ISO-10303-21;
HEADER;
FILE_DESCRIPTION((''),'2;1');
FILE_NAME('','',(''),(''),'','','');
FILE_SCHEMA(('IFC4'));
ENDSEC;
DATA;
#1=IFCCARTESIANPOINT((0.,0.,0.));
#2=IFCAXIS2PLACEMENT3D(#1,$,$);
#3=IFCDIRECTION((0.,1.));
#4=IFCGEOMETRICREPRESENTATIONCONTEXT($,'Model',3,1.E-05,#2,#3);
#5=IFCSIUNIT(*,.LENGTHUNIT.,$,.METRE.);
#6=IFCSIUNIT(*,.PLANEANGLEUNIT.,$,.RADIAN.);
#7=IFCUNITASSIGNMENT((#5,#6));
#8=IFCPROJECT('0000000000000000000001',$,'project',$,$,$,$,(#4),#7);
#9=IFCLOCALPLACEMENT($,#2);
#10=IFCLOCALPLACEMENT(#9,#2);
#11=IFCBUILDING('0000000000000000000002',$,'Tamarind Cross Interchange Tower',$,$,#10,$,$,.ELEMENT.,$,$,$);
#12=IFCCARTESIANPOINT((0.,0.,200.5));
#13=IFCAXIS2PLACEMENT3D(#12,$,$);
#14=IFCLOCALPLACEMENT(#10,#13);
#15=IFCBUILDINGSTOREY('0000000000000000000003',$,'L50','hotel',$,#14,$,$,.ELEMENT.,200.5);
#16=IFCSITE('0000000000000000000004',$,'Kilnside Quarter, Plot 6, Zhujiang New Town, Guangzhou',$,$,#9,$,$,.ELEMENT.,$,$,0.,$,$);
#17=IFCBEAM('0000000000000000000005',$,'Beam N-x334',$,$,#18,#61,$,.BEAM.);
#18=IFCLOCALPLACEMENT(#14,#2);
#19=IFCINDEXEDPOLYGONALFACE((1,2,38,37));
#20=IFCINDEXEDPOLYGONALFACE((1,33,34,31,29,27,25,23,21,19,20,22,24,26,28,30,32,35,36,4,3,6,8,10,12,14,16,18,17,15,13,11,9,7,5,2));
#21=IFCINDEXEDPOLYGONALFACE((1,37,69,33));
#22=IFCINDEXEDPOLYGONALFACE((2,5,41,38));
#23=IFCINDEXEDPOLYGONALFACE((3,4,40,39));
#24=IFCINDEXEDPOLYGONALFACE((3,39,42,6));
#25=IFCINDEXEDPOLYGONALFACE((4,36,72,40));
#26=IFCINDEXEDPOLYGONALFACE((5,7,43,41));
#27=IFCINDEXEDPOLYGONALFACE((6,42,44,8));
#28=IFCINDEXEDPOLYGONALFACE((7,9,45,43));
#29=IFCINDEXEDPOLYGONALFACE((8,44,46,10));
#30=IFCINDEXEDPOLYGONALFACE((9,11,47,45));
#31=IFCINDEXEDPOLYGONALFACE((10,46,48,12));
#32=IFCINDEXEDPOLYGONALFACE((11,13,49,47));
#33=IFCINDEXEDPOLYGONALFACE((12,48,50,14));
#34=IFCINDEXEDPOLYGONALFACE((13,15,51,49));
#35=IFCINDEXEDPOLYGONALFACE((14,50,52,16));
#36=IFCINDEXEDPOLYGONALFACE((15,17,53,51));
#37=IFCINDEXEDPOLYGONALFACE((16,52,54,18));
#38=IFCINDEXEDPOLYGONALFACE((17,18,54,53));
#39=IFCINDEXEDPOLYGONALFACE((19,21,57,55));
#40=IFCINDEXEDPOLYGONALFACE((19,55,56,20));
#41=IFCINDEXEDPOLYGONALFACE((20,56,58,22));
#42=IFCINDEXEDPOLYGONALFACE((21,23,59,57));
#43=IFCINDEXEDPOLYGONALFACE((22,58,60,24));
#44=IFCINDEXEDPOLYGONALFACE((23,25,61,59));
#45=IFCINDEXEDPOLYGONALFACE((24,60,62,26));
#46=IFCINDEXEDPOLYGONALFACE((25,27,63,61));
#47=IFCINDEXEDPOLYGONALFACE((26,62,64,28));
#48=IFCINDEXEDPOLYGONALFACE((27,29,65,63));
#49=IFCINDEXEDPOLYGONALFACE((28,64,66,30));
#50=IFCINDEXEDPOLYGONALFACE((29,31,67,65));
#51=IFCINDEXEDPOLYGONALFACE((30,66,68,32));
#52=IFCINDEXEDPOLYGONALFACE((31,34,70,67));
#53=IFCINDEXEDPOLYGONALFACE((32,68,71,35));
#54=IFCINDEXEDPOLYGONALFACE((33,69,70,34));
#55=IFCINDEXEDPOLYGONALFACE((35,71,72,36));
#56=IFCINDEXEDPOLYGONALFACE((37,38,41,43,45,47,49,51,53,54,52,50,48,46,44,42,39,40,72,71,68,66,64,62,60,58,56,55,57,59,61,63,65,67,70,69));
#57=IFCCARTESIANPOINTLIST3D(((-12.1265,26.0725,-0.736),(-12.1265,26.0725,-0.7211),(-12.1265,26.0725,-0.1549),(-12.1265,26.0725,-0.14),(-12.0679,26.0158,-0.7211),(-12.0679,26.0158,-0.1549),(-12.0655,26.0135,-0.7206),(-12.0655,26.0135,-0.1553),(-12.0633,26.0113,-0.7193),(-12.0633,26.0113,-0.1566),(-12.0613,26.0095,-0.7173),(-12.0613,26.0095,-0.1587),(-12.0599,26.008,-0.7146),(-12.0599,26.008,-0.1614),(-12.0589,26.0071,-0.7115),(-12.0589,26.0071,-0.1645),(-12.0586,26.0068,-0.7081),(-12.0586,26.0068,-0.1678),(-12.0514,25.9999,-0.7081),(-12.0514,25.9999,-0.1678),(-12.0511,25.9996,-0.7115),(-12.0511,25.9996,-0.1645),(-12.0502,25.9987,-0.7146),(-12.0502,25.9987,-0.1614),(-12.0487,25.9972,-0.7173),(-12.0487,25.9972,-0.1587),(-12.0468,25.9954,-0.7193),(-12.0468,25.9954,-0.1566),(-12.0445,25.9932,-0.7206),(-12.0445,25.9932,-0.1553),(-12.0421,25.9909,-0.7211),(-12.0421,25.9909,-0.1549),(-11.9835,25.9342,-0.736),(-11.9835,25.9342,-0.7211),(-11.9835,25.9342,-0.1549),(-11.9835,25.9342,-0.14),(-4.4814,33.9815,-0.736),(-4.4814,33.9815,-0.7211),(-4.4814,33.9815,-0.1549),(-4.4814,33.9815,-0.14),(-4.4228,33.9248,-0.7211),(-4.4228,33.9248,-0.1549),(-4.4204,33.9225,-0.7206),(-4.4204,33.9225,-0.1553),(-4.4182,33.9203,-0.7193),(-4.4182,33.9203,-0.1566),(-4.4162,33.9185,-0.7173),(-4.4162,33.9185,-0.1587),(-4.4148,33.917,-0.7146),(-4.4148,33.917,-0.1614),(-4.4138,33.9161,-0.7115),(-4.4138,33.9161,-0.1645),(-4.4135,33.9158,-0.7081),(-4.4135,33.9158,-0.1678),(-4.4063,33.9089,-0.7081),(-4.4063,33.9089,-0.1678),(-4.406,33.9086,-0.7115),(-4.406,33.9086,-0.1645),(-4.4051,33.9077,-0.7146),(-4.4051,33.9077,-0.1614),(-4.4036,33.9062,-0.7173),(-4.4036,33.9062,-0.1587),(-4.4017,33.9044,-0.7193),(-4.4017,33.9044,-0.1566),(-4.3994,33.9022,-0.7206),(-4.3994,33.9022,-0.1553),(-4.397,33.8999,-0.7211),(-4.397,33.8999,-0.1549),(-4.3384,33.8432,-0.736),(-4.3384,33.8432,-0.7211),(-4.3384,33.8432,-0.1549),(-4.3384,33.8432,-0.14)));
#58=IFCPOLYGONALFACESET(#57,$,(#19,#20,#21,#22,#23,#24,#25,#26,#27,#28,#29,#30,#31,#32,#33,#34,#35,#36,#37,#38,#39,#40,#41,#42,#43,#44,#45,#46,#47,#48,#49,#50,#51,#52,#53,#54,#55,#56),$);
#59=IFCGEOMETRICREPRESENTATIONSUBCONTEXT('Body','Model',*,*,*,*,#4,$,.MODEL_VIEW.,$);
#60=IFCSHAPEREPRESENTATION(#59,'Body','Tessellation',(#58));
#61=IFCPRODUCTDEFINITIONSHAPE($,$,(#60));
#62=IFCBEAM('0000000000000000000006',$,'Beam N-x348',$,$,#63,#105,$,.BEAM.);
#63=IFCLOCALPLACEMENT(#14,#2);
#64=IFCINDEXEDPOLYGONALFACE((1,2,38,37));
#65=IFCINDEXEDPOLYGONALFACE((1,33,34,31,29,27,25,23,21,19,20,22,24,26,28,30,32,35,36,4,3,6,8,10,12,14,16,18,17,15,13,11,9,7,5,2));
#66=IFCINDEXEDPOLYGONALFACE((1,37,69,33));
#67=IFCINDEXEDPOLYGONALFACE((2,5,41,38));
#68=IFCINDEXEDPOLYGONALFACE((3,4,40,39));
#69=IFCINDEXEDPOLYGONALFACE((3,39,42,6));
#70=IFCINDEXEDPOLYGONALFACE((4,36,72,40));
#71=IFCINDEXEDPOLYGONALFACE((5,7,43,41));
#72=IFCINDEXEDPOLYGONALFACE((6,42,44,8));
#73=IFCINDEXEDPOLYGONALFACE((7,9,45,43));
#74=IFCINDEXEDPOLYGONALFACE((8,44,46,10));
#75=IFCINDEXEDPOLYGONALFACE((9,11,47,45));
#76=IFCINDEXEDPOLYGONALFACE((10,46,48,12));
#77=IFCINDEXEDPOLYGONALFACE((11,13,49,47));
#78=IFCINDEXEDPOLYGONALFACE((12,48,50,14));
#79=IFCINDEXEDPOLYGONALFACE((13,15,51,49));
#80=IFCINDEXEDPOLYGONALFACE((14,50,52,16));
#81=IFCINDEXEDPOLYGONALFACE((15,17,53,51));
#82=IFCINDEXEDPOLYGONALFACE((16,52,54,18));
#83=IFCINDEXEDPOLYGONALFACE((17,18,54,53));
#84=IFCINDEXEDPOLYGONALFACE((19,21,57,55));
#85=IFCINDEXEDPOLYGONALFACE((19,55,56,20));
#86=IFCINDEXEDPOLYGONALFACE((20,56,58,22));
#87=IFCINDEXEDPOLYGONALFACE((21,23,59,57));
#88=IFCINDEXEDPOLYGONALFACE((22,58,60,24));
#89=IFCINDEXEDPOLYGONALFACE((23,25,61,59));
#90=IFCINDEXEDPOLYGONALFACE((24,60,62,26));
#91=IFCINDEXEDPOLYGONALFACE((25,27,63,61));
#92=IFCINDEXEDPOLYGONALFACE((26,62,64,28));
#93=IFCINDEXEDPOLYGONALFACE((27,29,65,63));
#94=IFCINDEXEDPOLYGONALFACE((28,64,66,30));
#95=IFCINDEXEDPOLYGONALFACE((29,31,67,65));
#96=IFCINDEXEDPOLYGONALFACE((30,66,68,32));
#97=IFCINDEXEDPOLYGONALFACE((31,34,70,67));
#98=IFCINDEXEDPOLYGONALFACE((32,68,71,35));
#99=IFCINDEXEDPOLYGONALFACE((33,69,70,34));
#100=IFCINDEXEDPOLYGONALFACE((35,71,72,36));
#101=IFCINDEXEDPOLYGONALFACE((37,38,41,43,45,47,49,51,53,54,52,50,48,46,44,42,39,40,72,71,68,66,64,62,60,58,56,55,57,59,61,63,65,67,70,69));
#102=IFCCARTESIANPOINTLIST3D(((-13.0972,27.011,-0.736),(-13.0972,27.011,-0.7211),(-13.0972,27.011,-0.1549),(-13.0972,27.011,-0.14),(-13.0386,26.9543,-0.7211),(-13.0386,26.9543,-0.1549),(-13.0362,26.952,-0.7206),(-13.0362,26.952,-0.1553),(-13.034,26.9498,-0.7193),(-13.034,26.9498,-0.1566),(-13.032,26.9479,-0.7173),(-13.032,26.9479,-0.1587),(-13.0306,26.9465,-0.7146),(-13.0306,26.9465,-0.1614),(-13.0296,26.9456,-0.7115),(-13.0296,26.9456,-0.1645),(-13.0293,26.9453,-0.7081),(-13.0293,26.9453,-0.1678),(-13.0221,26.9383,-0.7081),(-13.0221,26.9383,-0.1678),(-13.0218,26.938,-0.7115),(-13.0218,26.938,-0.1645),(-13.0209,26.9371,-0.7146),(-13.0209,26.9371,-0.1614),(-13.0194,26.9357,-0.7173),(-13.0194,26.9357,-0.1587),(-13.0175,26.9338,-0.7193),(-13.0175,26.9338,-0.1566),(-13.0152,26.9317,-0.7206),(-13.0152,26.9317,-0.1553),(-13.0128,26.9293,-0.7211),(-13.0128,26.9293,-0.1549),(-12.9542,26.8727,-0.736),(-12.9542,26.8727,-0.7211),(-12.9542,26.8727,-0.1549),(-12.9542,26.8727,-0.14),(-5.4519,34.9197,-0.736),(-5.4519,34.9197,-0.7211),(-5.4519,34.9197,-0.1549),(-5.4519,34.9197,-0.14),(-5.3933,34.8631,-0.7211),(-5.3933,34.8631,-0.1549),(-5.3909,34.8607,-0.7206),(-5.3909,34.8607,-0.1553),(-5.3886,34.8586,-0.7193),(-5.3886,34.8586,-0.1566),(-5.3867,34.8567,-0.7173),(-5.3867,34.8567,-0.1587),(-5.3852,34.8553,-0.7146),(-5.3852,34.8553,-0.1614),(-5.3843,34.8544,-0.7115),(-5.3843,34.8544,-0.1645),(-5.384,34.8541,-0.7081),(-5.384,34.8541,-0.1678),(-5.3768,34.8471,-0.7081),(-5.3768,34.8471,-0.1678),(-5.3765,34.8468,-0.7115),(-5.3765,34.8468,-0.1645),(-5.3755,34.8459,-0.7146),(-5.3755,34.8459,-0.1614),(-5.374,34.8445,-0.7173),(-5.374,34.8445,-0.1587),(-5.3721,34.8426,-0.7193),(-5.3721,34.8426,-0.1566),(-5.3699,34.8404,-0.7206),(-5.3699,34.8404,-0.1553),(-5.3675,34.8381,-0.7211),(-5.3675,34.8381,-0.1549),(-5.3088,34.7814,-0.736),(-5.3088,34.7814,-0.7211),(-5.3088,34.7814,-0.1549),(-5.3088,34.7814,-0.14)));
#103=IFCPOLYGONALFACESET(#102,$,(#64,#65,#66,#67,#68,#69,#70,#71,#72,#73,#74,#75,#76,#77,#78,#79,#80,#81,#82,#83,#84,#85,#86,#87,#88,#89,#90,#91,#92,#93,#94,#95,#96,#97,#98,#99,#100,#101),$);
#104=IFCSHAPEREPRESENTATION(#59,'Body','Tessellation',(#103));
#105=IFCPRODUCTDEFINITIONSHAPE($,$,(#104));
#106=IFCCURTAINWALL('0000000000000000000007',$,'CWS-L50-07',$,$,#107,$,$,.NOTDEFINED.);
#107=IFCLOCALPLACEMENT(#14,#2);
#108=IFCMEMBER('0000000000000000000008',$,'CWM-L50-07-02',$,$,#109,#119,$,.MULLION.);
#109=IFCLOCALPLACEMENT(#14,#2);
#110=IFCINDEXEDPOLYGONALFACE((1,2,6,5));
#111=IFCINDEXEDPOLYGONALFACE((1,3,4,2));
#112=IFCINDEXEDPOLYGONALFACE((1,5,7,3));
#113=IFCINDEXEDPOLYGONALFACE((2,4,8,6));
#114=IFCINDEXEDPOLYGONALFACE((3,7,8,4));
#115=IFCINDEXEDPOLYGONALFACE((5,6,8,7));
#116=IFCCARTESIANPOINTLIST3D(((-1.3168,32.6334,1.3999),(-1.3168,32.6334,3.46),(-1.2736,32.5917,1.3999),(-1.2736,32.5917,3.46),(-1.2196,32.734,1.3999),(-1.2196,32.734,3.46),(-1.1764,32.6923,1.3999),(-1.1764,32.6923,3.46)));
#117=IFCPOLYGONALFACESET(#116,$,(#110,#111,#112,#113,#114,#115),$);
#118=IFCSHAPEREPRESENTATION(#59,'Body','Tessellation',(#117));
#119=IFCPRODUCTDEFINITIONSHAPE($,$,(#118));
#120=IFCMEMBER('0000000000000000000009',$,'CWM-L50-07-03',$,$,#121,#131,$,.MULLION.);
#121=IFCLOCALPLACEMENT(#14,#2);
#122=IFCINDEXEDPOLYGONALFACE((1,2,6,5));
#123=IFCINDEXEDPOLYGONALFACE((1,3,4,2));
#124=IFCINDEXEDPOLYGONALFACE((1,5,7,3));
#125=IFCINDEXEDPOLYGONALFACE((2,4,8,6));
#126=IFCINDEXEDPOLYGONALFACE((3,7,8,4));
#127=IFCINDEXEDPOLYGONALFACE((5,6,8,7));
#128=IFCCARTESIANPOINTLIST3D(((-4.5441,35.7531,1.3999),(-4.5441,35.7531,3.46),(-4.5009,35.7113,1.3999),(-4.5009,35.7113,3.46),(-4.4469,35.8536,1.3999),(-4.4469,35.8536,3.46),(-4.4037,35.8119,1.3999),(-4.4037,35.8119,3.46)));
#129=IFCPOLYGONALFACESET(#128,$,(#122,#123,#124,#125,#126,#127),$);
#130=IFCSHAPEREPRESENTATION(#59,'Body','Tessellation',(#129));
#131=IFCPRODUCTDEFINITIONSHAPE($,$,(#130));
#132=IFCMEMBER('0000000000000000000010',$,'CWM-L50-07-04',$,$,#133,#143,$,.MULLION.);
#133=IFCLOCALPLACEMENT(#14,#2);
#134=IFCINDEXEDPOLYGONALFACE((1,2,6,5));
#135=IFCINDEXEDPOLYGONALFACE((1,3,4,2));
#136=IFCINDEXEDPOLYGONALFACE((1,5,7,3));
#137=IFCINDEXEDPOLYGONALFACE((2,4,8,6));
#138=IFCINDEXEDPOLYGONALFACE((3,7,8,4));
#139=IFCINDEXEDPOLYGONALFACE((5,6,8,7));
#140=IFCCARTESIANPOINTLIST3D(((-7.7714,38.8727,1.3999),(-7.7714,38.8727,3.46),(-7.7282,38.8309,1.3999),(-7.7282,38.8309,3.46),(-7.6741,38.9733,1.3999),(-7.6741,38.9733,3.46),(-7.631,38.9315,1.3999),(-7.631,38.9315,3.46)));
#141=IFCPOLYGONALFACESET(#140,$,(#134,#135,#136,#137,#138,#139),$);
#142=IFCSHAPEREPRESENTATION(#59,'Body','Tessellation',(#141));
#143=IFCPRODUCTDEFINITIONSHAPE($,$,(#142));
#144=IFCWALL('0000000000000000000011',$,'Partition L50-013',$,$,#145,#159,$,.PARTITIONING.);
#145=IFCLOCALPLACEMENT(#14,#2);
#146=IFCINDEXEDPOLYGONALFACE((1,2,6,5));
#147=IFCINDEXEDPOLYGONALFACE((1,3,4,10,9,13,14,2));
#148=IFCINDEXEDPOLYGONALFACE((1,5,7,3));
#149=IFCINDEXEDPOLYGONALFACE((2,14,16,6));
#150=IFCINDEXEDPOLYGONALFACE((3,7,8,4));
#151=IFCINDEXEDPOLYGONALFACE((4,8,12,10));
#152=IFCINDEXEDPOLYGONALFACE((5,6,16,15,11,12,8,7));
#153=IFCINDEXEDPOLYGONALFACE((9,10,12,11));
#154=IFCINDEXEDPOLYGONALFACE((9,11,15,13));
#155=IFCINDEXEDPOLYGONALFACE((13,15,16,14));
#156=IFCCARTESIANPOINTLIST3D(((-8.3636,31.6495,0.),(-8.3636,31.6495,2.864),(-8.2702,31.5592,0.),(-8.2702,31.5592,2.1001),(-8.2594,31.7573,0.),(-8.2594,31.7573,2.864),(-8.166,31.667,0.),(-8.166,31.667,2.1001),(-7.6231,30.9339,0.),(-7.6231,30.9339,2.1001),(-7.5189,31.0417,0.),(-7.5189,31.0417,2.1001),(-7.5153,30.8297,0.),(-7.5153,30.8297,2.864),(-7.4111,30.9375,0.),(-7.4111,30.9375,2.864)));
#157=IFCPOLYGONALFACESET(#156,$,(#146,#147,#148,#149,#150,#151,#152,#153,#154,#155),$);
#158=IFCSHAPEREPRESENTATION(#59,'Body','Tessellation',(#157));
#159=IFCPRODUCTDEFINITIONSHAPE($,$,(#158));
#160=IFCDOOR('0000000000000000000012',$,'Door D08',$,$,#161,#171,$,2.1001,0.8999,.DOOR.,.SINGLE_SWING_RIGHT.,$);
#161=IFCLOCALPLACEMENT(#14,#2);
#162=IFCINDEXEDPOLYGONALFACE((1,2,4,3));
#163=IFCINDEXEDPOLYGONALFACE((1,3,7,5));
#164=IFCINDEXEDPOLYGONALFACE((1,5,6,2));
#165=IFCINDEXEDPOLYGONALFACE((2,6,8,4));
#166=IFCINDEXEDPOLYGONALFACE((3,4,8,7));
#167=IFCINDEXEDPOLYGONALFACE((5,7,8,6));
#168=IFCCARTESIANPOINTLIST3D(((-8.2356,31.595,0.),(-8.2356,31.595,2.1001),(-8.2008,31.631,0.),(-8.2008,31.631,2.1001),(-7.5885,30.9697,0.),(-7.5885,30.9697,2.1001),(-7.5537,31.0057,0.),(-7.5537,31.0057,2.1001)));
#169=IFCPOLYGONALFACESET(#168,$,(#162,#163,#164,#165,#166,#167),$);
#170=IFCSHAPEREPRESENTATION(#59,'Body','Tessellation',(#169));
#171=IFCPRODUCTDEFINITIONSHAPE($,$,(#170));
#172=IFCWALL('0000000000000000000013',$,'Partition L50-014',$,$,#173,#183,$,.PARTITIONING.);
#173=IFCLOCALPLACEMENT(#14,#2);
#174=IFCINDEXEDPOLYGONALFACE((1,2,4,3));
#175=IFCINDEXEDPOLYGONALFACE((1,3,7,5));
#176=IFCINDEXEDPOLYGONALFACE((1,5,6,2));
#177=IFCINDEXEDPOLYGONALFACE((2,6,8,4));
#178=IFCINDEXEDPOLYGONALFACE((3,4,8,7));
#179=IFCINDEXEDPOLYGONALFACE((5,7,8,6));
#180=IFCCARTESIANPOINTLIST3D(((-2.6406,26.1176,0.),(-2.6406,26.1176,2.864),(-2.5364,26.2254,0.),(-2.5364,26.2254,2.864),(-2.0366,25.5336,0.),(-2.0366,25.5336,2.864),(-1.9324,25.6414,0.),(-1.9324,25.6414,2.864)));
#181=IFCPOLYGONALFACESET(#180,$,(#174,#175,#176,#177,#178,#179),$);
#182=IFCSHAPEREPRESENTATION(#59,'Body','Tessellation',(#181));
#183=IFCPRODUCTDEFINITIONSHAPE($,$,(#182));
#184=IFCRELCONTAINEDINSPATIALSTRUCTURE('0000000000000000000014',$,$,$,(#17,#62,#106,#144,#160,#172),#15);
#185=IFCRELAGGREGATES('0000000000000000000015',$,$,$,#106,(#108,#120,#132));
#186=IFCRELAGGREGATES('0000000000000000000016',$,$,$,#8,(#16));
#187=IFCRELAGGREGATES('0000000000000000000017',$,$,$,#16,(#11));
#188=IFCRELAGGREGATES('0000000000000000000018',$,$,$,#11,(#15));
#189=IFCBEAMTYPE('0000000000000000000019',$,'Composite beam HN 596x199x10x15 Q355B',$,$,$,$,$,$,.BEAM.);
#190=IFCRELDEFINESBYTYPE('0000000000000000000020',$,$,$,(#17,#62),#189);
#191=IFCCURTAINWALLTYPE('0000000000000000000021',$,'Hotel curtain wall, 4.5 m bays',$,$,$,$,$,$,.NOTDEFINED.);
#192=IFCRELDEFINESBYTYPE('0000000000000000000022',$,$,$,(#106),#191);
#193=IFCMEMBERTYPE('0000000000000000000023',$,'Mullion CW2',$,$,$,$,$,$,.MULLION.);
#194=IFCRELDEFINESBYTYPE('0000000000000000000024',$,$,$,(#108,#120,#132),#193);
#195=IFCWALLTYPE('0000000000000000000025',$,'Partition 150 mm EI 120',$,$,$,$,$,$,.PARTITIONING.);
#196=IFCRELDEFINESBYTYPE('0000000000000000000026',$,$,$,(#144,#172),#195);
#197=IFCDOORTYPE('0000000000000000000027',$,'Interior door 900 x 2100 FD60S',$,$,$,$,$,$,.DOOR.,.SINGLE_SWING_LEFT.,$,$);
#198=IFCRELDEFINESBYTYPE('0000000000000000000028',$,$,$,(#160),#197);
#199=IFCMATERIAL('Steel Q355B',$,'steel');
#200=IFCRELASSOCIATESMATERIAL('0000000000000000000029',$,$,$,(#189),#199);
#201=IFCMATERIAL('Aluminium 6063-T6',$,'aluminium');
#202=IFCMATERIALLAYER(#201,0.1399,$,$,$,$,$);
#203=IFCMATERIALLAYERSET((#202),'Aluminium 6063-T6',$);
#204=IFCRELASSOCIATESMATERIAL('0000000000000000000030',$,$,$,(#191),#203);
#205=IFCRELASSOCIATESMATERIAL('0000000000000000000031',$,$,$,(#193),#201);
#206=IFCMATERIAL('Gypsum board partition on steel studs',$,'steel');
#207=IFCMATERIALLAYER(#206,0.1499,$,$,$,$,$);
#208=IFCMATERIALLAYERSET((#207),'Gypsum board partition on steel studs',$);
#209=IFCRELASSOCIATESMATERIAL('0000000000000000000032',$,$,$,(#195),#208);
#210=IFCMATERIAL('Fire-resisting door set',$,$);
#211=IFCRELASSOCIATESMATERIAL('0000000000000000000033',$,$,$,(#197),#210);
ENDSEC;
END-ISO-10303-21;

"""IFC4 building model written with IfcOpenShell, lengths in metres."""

from ifc_helpers import new_model, si_unit, direction, frame, frame_2d, origin, origin_2d, place, context, subcontext, project, spatial, rectangle, i_section, extrude, material, layer, layer_set, material_profile, profile_set, type_object, element, fill, aggregate, save


model = new_model("IFC4")

# Units and contexts
model_context = context("Model", 3, precision=1e-05, world=origin(), true_north=direction((0.0, 1.0)))
body_context = subcontext(model_context, "Body", "Model", "MODEL_VIEW")
ifc_project = project(units=[si_unit("LENGTHUNIT", "METRE"), si_unit("PLANEANGLEUNIT", "RADIAN")], contexts=[model_context])

# Site, building, storey
site_placement = place(None, origin())
site = spatial("IfcSite", under=ifc_project, at=site_placement, Name="Kilnside Quarter, Plot 6, Zhujiang New Town, Guangzhou", CompositionType="ELEMENT", RefElevation=0.0)
building_placement = place(site_placement, origin())
building = spatial("IfcBuilding", under=site, at=building_placement, Name="Tamarind Cross Interchange Tower", CompositionType="ELEMENT")
storey_placement = place(building_placement, frame((0.0, 0.0, 200.5)))
storey = spatial("IfcBuildingStorey", under=building, at=storey_placement, Name="L50", Description="hotel", CompositionType="ELEMENT", Elevation=200.5)

# Beams
ifc_material_1 = material(Name="Steel Q355B", Category="steel")
ifc_material_profile_1 = material_profile(ifc_material_1, i_section(OverallWidth=0.199, OverallDepth=0.5959, WebThickness=0.01, FlangeThickness=0.0149, FilletRadius=0.0129, at=origin_2d()), Name="HN 596x199x10x15")
ifc_profile_set_1 = profile_set([ifc_material_profile_1], Name="Steel Q355B")
beam_type_1 = type_object("IfcBeamType", Name="Composite beam HN 596x199x10x15 Q355B", PredefinedType="BEAM", material=ifc_profile_set_1)
for number, where, z_axis, x_axis, name in (
    (1, (-4.4099, 33.9124, -0.438), (-0.695009, -0.719001, 0.0), (0.719001, -0.695009, 0.0), "Beam N-x334"),
    (2, (-5.3804, 34.8506, -0.438), (-0.695031, -0.71898, 0.0), (0.71898, -0.695031, 0.0), "Beam N-x348"),
):
    element("IfcBeam", number, at=place(storey_placement, frame(where, z_axis=z_axis, x_axis=x_axis)), inside=storey, type_object=beam_type_1, Name=name, PredefinedType="BEAM", context=body_context, shape_type="SweptSolid", body=[
        extrude(i_section(OverallWidth=0.199, OverallDepth=0.5959, WebThickness=0.01, FlangeThickness=0.0149, FilletRadius=0.0129, at=origin_2d()), origin(), (0.0, 0.0, 1.0), 11.0),
    ])

# Curtain wall, members
ifc_material_2 = material(Name="Aluminium 6063-T6", Category="aluminium")
ifc_layer_1 = layer(ifc_material_2, 0.1399)
ifc_layer_set_1 = layer_set([ifc_layer_1], Name="Aluminium 6063-T6")
curtain_wall_type = type_object("IfcCurtainWallType", Name="Hotel curtain wall, 4.5 m bays", PredefinedType="NOTDEFINED", material=ifc_layer_set_1)
curtain_wall_placement = place(storey_placement, origin())
curtain_wall = element("IfcCurtainWall", 3, at=curtain_wall_placement, inside=storey, type_object=curtain_wall_type, Name="CWS-L50-07", PredefinedType="NOTDEFINED")
ifc_material_profile_2 = material_profile(ifc_material_2, rectangle(XDim=0.0601, YDim=0.1399, at=origin_2d()), Name="Mullion CW2")
ifc_profile_set_2 = profile_set([ifc_material_profile_2], Name="Aluminium 6063-T6")
member_type = type_object("IfcMemberType", Name="Mullion CW2", PredefinedType="MULLION", material=ifc_profile_set_2)
member_1_placement = place(storey_placement, frame((-1.2466, 32.6628, 1.3999), z_axis=(0.0, 0.0, 1.0), x_axis=(-0.718991, 0.69502, 0.0)))
member_1 = element("IfcMember", 4, at=member_1_placement, type_object=member_type, Name="CWM-L50-07-02", PredefinedType="MULLION", context=body_context, shape_type="SweptSolid", body=[
    extrude(rectangle(XDim=0.0601, YDim=0.1399, at=origin_2d()), origin(), (0.0, 0.0, 1.0), 2.0601),
])
member_2_placement = place(storey_placement, frame((-4.4739, 35.7825, 1.3999), z_axis=(0.0, 0.0, 1.0), x_axis=(-0.718991, 0.69502, 0.0)))
member_2 = element("IfcMember", 5, at=member_2_placement, type_object=member_type, Name="CWM-L50-07-03", PredefinedType="MULLION", context=body_context, shape_type="SweptSolid", body=[
    extrude(rectangle(XDim=0.0601, YDim=0.1399, at=origin_2d()), origin(), (0.0, 0.0, 1.0), 2.0601),
])
member_3_placement = place(storey_placement, frame((-7.7012, 38.9021, 1.3999), z_axis=(0.0, 0.0, 1.0), x_axis=(-0.718991, 0.69502, 0.0)))
member_3 = element("IfcMember", 6, at=member_3_placement, type_object=member_type, Name="CWM-L50-07-04", PredefinedType="MULLION", context=body_context, shape_type="SweptSolid", body=[
    extrude(rectangle(XDim=0.0601, YDim=0.1399, at=origin_2d()), origin(), (0.0, 0.0, 1.0), 2.0601),
])
aggregate(curtain_wall, [member_1, member_2, member_3])

# Wall, opening, door
ifc_material_3 = material(Name="Gypsum board partition on steel studs", Category="steel")
ifc_layer_2 = layer(ifc_material_3, 0.1499)
ifc_layer_set_2 = layer_set([ifc_layer_2], Name="Gypsum board partition on steel studs")
wall_type_1 = type_object("IfcWallType", Name="Partition 150 mm EI 120", PredefinedType="PARTITIONING", material=ifc_layer_set_2)
wall_1_placement = place(storey_placement, frame((-8.3115, 31.7034, 0.0), z_axis=(0.0, 0.0, 1.0), x_axis=(0.719109, -0.694897, 0.0)))
wall_1 = element("IfcWall", 7, at=wall_1_placement, inside=storey, type_object=wall_type_1, Name="Partition L50-013", PredefinedType="PARTITIONING", context=body_context, shape_type="SweptSolid", body=[
    extrude(rectangle(XDim=1.1797, YDim=0.1499, at=frame_2d((0.5898, 0.0))), origin(), (0.0, 0.0, 1.0), 2.864),
])
opening_1_placement = place(wall_1_placement, frame((0.1299, 0.0, 0.0)))
opening_1 = element("IfcOpeningElement", 8, at=opening_1_placement, cuts=wall_1, PredefinedType="OPENING", context=body_context, shape_type="SweptSolid", body=[
    extrude(rectangle(XDim=0.8999, YDim=2.1001, at=frame_2d((0.45, 1.05))), frame((0.0, 0.085, 0.0), z_axis=(0.0, -1.0, 0.0), x_axis=(1.0, 0.0, 0.0)), (0.0, 0.0, 1.0), 0.1699),
])
ifc_material_4 = material(Name="Fire-resisting door set")
door_type_1 = type_object("IfcDoorType", Name="Interior door 900 x 2100 FD60S", OperationType="SINGLE_SWING_LEFT", PredefinedType="DOOR", material=ifc_material_4)
door_1_placement = place(opening_1_placement, origin())
door_1 = element("IfcDoor", 9, at=door_1_placement, inside=storey, type_object=door_type_1, Name="Door D08", OperationType="SINGLE_SWING_RIGHT", OverallHeight=2.1001, OverallWidth=0.8999, PredefinedType="DOOR", context=body_context, shape_type="SweptSolid", body=[
    extrude(rectangle(XDim=0.8999, YDim=2.1001, at=frame_2d((0.45, 1.05))), frame((0.0, 0.0249, 0.0), z_axis=(0.0, -1.0, 0.0), x_axis=(1.0, 0.0, 0.0)), (0.0, 0.0, 1.0), 0.05),
])
fill(opening_1, door_1)

# Wall
wall_2_placement = place(storey_placement, frame((-2.5884, 26.1714, 0.0), z_axis=(0.0, 0.0, 1.0), x_axis=(0.718921, -0.695092, 0.0)))
element("IfcWall", 10, at=wall_2_placement, inside=storey, type_object=wall_type_1, Name="Partition L50-014", PredefinedType="PARTITIONING", context=body_context, shape_type="SweptSolid", body=[
    extrude(rectangle(XDim=0.8401, YDim=0.1499, at=frame_2d((0.4199, 0.0))), origin(), (0.0, 0.0, 1.0), 2.864),
])

save(model, "model.ifc")
